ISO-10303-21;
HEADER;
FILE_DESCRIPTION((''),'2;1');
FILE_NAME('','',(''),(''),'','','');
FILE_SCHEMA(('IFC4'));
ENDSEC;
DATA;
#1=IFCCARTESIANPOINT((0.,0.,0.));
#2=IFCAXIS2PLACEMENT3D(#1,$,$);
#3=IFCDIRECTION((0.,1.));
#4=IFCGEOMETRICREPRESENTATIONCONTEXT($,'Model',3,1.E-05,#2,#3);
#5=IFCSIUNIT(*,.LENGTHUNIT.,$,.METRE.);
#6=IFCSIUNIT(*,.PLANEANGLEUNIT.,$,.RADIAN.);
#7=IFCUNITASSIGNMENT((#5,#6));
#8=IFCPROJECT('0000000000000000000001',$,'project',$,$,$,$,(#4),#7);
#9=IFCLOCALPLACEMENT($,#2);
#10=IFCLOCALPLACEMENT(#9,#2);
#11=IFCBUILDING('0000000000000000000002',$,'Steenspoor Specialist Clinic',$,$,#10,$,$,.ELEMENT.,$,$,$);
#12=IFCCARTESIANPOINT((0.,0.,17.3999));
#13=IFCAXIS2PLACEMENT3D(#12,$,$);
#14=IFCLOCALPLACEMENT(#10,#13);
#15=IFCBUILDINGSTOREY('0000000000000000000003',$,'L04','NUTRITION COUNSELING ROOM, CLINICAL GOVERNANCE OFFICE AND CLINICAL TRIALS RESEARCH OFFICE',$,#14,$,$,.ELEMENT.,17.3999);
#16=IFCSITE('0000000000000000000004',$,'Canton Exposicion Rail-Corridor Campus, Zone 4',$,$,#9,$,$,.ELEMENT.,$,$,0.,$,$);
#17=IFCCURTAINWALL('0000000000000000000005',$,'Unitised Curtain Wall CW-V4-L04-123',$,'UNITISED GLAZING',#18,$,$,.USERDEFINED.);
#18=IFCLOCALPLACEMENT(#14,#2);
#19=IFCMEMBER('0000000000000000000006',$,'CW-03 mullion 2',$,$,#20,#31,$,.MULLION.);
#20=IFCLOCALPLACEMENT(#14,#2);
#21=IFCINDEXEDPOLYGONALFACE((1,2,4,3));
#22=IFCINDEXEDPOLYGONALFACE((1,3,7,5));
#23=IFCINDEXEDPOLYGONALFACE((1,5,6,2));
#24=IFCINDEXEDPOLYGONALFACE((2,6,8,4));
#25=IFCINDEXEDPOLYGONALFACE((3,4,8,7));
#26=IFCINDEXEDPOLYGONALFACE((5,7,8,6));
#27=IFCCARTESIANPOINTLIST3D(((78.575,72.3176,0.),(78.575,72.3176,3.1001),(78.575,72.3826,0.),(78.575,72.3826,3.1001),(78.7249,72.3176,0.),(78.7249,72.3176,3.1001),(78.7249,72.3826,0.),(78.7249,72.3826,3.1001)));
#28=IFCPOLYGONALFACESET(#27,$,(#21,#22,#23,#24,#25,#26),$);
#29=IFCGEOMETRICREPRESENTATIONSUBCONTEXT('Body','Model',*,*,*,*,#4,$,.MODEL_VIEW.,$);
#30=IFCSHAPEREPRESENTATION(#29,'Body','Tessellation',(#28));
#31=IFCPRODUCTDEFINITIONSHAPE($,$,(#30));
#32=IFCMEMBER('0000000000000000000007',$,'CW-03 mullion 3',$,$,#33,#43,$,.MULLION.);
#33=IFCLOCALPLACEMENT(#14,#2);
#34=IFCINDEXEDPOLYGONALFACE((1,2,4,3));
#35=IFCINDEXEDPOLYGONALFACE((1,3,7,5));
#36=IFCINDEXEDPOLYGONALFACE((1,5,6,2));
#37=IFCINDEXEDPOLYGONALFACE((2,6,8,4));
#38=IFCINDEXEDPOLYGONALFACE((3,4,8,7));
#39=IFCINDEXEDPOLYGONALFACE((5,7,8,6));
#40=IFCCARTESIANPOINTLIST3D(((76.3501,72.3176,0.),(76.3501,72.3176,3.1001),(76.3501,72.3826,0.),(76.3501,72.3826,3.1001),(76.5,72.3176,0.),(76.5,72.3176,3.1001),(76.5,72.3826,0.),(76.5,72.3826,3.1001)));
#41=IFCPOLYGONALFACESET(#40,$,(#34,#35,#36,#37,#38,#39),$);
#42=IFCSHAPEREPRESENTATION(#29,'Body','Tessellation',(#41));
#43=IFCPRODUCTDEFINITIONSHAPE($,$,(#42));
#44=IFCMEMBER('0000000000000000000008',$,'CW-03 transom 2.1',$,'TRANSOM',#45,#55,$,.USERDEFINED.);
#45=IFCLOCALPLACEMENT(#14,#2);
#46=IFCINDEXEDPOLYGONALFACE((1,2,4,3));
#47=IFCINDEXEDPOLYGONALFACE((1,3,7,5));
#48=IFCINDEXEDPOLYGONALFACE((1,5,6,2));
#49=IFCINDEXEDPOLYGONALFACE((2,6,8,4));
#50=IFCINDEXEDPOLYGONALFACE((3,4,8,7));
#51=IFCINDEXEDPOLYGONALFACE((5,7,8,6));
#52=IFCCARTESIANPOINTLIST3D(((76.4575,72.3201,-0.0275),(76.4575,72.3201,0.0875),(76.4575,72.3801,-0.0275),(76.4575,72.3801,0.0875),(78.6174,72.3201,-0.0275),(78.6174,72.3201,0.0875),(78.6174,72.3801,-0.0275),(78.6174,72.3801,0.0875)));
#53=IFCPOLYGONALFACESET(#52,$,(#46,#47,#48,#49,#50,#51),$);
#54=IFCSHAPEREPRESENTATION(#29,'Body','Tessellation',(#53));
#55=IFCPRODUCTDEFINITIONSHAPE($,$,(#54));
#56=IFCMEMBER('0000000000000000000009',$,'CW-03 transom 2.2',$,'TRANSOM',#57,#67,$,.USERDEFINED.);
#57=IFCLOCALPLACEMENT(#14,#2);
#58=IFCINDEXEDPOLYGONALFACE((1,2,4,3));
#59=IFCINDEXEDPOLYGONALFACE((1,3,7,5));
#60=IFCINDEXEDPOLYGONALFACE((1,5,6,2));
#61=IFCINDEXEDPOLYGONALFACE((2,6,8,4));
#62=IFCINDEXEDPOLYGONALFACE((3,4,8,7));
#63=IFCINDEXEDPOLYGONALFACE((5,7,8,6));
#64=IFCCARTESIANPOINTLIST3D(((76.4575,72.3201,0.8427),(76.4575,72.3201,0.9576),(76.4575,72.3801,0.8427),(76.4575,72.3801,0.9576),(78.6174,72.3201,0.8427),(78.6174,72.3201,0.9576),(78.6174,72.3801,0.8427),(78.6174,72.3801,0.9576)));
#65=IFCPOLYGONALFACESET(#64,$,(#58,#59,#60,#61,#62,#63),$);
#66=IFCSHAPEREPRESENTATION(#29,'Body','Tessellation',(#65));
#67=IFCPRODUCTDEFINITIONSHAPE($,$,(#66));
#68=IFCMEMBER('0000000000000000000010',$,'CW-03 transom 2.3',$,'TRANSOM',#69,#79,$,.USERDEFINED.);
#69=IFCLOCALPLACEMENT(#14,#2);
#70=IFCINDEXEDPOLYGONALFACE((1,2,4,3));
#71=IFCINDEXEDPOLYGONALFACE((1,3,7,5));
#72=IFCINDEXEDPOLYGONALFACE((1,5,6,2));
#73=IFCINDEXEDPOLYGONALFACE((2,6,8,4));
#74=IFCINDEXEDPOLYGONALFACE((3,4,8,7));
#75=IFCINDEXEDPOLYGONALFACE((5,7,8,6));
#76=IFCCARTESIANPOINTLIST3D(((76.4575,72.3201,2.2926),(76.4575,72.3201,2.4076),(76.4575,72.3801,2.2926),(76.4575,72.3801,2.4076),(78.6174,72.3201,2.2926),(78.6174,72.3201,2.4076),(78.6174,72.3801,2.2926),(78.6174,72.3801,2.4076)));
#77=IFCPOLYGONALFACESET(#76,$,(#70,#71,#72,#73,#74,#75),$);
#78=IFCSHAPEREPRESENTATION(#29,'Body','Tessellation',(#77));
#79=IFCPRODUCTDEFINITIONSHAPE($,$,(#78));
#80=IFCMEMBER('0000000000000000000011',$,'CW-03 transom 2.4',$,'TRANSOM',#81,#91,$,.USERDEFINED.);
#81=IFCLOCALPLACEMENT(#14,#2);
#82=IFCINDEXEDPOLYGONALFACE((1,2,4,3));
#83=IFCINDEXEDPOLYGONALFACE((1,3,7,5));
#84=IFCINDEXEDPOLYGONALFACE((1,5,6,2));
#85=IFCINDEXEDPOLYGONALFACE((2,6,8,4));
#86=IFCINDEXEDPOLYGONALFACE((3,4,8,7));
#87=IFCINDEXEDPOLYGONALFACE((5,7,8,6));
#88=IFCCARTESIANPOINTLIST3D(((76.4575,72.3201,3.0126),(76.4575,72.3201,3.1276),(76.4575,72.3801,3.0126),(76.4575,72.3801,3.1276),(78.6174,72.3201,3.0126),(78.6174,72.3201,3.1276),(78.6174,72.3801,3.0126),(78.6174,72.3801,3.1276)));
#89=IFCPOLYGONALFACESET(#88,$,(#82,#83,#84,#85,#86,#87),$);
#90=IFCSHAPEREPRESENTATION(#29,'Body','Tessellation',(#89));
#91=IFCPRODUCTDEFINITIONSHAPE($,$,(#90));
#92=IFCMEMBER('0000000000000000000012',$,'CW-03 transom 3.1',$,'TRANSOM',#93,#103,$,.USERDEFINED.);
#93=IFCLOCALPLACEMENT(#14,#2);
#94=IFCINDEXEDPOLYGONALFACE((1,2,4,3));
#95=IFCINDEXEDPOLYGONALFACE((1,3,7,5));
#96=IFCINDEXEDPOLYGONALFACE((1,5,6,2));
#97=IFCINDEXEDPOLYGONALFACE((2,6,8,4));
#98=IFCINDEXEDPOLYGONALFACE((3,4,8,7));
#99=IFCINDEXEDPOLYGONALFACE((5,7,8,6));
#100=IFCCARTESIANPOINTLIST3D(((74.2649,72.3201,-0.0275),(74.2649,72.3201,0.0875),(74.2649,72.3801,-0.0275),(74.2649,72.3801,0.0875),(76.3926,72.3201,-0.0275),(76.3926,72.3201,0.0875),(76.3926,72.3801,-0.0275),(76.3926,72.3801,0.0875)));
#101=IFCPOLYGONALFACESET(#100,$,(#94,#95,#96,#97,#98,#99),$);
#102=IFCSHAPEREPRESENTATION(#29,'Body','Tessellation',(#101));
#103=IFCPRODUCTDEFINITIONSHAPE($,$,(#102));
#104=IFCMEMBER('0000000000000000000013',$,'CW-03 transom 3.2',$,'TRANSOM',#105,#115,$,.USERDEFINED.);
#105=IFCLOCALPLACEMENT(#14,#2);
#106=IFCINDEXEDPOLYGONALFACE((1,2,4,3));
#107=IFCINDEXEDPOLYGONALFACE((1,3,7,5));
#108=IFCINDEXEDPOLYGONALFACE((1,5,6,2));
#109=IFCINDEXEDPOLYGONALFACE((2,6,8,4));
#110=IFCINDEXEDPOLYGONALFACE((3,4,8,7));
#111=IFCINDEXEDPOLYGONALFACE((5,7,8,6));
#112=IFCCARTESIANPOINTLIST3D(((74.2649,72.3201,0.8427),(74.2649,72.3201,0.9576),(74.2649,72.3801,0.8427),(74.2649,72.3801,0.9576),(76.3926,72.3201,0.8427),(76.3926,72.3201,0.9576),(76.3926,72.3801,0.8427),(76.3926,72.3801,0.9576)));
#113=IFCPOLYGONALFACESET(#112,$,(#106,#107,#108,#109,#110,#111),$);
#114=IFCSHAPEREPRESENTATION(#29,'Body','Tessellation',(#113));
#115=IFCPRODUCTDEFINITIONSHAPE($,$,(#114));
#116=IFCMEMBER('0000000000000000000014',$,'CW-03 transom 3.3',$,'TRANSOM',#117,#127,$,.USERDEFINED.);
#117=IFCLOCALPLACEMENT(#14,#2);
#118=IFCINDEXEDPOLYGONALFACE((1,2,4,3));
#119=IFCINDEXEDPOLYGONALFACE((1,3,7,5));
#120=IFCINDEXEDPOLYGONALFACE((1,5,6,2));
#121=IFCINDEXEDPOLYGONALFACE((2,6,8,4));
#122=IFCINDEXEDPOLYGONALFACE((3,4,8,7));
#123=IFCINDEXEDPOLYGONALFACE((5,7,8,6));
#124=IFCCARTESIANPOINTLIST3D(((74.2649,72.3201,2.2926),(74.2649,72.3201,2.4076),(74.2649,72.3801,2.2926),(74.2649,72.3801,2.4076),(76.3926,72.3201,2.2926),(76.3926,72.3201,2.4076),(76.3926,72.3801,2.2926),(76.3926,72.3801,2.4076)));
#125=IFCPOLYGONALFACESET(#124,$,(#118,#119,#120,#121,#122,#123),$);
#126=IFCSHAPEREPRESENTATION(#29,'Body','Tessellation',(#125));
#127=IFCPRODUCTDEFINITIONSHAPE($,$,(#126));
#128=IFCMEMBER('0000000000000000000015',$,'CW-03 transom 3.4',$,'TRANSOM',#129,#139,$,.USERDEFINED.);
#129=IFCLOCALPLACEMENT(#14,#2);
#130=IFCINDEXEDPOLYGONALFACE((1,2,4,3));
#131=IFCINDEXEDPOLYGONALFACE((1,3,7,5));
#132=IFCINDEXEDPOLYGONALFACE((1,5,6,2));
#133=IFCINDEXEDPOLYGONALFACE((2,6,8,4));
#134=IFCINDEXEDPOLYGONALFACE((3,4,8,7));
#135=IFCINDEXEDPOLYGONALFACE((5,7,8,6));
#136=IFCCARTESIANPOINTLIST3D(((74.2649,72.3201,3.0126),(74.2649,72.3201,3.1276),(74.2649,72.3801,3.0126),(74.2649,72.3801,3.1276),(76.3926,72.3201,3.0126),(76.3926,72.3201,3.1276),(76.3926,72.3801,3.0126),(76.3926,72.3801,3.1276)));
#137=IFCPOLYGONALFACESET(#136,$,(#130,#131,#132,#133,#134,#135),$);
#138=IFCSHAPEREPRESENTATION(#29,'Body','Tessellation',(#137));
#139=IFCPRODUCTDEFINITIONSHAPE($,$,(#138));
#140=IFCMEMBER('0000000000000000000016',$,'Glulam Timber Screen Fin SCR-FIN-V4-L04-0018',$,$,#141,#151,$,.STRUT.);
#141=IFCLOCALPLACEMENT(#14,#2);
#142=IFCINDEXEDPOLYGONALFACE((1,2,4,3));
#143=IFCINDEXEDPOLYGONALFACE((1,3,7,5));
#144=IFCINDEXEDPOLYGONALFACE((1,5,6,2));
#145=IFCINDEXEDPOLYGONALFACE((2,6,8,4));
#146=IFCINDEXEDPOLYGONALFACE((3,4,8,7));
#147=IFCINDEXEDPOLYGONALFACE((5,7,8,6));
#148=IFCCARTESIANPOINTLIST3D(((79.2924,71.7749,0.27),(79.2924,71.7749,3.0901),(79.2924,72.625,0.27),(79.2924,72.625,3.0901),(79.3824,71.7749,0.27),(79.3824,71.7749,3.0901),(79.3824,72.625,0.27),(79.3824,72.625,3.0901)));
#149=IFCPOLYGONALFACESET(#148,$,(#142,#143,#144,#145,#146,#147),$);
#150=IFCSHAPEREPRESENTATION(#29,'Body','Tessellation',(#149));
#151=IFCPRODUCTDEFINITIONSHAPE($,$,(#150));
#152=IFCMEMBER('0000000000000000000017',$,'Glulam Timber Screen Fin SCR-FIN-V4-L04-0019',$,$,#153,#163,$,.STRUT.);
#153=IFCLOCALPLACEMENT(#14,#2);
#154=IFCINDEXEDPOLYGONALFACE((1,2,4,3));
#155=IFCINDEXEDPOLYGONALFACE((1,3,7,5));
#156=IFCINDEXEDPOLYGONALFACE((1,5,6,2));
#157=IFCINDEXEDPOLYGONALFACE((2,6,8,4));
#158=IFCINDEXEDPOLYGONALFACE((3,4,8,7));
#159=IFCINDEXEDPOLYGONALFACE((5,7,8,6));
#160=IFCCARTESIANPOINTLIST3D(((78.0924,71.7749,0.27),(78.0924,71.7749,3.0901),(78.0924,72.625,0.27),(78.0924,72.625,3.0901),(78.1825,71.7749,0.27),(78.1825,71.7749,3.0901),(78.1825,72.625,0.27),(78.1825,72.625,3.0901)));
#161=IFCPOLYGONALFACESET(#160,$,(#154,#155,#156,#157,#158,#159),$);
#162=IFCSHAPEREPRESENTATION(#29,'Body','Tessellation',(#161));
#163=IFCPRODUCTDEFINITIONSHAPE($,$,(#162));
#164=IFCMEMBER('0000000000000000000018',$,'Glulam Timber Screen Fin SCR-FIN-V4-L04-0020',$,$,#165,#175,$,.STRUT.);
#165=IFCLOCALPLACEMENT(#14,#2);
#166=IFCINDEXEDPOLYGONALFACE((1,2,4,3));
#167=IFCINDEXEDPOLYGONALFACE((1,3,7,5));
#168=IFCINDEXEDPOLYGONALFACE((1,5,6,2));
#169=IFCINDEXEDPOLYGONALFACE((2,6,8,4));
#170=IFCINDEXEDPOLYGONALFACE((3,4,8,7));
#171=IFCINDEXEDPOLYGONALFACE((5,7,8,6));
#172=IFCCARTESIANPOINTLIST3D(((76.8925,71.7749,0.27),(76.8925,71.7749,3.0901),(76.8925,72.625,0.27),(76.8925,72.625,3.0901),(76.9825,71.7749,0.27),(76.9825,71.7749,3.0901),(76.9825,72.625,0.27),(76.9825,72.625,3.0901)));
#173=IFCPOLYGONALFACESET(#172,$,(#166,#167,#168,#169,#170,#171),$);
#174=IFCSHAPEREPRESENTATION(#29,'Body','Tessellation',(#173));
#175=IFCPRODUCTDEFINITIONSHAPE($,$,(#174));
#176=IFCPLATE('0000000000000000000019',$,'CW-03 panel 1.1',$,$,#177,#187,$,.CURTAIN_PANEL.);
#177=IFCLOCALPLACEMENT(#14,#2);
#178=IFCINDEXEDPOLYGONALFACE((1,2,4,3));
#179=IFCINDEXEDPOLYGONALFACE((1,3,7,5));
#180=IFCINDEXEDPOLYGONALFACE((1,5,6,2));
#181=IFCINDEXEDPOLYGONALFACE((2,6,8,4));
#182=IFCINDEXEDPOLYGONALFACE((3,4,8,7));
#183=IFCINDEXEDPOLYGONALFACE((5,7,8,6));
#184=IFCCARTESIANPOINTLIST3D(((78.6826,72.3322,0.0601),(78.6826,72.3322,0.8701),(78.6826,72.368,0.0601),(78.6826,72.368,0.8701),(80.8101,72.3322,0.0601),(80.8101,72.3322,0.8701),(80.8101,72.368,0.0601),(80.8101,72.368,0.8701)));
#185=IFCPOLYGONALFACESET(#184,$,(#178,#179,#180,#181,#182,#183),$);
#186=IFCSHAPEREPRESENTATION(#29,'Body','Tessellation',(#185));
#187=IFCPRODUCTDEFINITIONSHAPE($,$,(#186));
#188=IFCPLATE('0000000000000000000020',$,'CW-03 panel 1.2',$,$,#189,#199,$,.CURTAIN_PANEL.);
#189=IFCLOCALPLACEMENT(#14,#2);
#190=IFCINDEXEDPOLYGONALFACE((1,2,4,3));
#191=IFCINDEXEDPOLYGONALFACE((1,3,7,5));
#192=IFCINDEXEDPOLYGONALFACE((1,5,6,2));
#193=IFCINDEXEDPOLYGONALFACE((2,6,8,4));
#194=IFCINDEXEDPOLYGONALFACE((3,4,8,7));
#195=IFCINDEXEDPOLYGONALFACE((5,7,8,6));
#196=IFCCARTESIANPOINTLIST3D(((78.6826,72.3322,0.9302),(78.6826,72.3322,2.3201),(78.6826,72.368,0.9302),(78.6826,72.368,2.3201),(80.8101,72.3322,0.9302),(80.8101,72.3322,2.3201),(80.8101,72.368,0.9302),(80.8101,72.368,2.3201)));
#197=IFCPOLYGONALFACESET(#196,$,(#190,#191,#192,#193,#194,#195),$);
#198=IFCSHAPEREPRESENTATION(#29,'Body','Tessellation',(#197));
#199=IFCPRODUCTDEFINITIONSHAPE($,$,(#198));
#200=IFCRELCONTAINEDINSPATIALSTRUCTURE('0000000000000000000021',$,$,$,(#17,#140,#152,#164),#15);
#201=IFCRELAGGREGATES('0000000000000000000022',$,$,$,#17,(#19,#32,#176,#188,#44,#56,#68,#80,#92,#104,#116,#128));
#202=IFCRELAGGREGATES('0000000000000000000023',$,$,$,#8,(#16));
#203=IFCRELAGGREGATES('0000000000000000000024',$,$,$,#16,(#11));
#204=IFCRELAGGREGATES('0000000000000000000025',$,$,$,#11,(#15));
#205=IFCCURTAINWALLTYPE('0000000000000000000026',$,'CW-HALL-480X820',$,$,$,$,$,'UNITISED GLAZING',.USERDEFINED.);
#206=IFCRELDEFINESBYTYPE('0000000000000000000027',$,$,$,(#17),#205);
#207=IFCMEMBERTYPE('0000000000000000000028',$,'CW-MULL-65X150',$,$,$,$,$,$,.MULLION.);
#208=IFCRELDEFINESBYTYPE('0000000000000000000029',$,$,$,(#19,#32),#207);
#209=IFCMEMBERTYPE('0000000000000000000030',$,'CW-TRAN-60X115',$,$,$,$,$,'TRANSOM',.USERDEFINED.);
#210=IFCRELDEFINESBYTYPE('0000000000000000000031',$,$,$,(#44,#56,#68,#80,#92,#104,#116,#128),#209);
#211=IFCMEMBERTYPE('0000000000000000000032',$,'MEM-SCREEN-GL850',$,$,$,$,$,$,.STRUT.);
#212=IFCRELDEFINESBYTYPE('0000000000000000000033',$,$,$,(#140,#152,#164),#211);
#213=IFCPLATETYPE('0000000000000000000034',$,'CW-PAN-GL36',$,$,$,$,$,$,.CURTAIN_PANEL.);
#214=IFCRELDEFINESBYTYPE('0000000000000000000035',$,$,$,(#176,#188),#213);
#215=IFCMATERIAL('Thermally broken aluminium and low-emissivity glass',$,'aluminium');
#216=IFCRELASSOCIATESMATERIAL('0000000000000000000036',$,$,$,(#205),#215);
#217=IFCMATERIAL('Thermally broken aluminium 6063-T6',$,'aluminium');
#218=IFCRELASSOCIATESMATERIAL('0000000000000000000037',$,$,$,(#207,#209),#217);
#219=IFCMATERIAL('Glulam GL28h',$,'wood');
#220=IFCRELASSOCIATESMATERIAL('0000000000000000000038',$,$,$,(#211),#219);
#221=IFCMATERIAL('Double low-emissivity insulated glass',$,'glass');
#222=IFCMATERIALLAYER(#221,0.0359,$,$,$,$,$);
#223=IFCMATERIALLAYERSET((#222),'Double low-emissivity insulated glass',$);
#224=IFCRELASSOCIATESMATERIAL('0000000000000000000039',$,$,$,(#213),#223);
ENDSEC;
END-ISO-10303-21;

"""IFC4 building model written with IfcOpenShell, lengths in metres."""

from ifc_helpers import new_model, si_unit, direction, frame, origin, origin_2d, place, context, subcontext, project, spatial, rectangle, extrude, material, layer, layer_set, material_profile, profile_set, type_object, element, aggregate, save


model = new_model("IFC4")

# Units and contexts
model_context = context("Model", 3, precision=1e-05, world=origin(), true_north=direction((0.0, 1.0)))
body_context = subcontext(model_context, "Body", "Model", "MODEL_VIEW")
ifc_project = project(units=[si_unit("LENGTHUNIT", "METRE"), si_unit("PLANEANGLEUNIT", "RADIAN")], contexts=[model_context])

# Site, building, storey
site_placement = place(None, origin())
site = spatial("IfcSite", under=ifc_project, at=site_placement, Name="Canton Exposicion Rail-Corridor Campus, Zone 4", CompositionType="ELEMENT", RefElevation=0.0)
building_placement = place(site_placement, origin())
building = spatial("IfcBuilding", under=site, at=building_placement, Name="Steenspoor Specialist Clinic", CompositionType="ELEMENT")
storey_placement = place(building_placement, frame((0.0, 0.0, 17.3999)))
storey = spatial("IfcBuildingStorey", under=building, at=storey_placement, Name="L04", Description="NUTRITION COUNSELING ROOM, CLINICAL GOVERNANCE OFFICE AND CLINICAL TRIALS RESEARCH OFFICE", CompositionType="ELEMENT", Elevation=17.3999)

# Curtain wall, members
ifc_material_1 = material(Name="Thermally broken aluminium and low-emissivity glass", Category="aluminium")
curtain_wall_type = type_object("IfcCurtainWallType", Name="CW-HALL-480X820", ElementType="UNITISED GLAZING", PredefinedType="USERDEFINED", material=ifc_material_1)
curtain_wall_placement = place(storey_placement, origin())
curtain_wall = element("IfcCurtainWall", 1, at=curtain_wall_placement, inside=storey, type_object=curtain_wall_type, Name="Unitised Curtain Wall CW-V4-L04-123", ObjectType="UNITISED GLAZING", PredefinedType="USERDEFINED")
ifc_material_2 = material(Name="Thermally broken aluminium 6063-T6", Category="aluminium")
ifc_material_profile_1 = material_profile(ifc_material_2, rectangle(XDim=0.0649, YDim=0.1499, at=origin_2d()), Name="CWM-65X150")
ifc_profile_set_1 = profile_set([ifc_material_profile_1], Name="Thermally broken aluminium 6063-T6")
member_type_1 = type_object("IfcMemberType", Name="CW-MULL-65X150", PredefinedType="MULLION", material=ifc_profile_set_1)
member_1_placement = place(storey_placement, frame((78.6499, 72.3501, 0.0), z_axis=(0.0, 0.0, 1.0), x_axis=(0.0, -1.0, 0.0)))
member_1 = element("IfcMember", 2, at=member_1_placement, type_object=member_type_1, Name="CW-03 mullion 2", PredefinedType="MULLION", context=body_context, shape_type="SweptSolid", body=[
    extrude(rectangle(XDim=0.0649, YDim=0.1499, at=origin_2d()), origin(), (0.0, 0.0, 1.0), 3.1001),
])
member_2_placement = place(storey_placement, frame((76.425, 72.3501, 0.0), z_axis=(0.0, 0.0, 1.0), x_axis=(0.0, -1.0, 0.0)))
member_2 = element("IfcMember", 3, at=member_2_placement, type_object=member_type_1, Name="CW-03 mullion 3", PredefinedType="MULLION", context=body_context, shape_type="SweptSolid", body=[
    extrude(rectangle(XDim=0.0649, YDim=0.1499, at=origin_2d()), origin(), (0.0, 0.0, 1.0), 3.1001),
])
ifc_material_profile_2 = material_profile(ifc_material_2, rectangle(XDim=0.0601, YDim=0.115, at=origin_2d()), Name="CWT-60X115")
ifc_profile_set_2 = profile_set([ifc_material_profile_2], Name="Thermally broken aluminium 6063-T6")
member_type_2 = type_object("IfcMemberType", Name="CW-TRAN-60X115", ElementType="TRANSOM", PredefinedType="USERDEFINED", material=ifc_profile_set_2)
member_3_placement = place(storey_placement, frame((78.6174, 72.3501, 0.03), z_axis=(-1.0, 0.0, 0.0), x_axis=(0.0, -1.0, 0.0)))
member_3 = element("IfcMember", 4, at=member_3_placement, type_object=member_type_2, Name="CW-03 transom 2.1", ObjectType="TRANSOM", PredefinedType="USERDEFINED", context=body_context, shape_type="SweptSolid", body=[
    extrude(rectangle(XDim=0.0601, YDim=0.115, at=origin_2d()), origin(), (0.0, 0.0, 1.0), 2.1599),
])
member_4_placement = place(storey_placement, frame((78.6174, 72.3501, 0.9001), z_axis=(-1.0, 0.0, 0.0), x_axis=(0.0, -1.0, 0.0)))
member_4 = element("IfcMember", 5, at=member_4_placement, type_object=member_type_2, Name="CW-03 transom 2.2", ObjectType="TRANSOM", PredefinedType="USERDEFINED", context=body_context, shape_type="SweptSolid", body=[
    extrude(rectangle(XDim=0.0601, YDim=0.115, at=origin_2d()), origin(), (0.0, 0.0, 1.0), 2.1599),
])
member_5_placement = place(storey_placement, frame((78.6174, 72.3501, 2.3501), z_axis=(-1.0, 0.0, 0.0), x_axis=(0.0, -1.0, 0.0)))
member_5 = element("IfcMember", 6, at=member_5_placement, type_object=member_type_2, Name="CW-03 transom 2.3", ObjectType="TRANSOM", PredefinedType="USERDEFINED", context=body_context, shape_type="SweptSolid", body=[
    extrude(rectangle(XDim=0.0601, YDim=0.115, at=origin_2d()), origin(), (0.0, 0.0, 1.0), 2.1599),
])
member_6_placement = place(storey_placement, frame((78.6174, 72.3501, 3.0701), z_axis=(-1.0, 0.0, 0.0), x_axis=(0.0, -1.0, 0.0)))
member_6 = element("IfcMember", 7, at=member_6_placement, type_object=member_type_2, Name="CW-03 transom 2.4", ObjectType="TRANSOM", PredefinedType="USERDEFINED", context=body_context, shape_type="SweptSolid", body=[
    extrude(rectangle(XDim=0.0601, YDim=0.115, at=origin_2d()), origin(), (0.0, 0.0, 1.0), 2.1599),
])
member_7_placement = place(storey_placement, frame((76.3926, 72.3501, 0.03), z_axis=(-1.0, 0.0, 0.0), x_axis=(0.0, -1.0, 0.0)))
member_7 = element("IfcMember", 8, at=member_7_placement, type_object=member_type_2, Name="CW-03 transom 3.1", ObjectType="TRANSOM", PredefinedType="USERDEFINED", context=body_context, shape_type="SweptSolid", body=[
    extrude(rectangle(XDim=0.0601, YDim=0.115, at=origin_2d()), origin(), (0.0, 0.0, 1.0), 2.1277),
])
member_8_placement = place(storey_placement, frame((76.3926, 72.3501, 0.9001), z_axis=(-1.0, 0.0, 0.0), x_axis=(0.0, -1.0, 0.0)))
member_8 = element("IfcMember", 9, at=member_8_placement, type_object=member_type_2, Name="CW-03 transom 3.2", ObjectType="TRANSOM", PredefinedType="USERDEFINED", context=body_context, shape_type="SweptSolid", body=[
    extrude(rectangle(XDim=0.0601, YDim=0.115, at=origin_2d()), origin(), (0.0, 0.0, 1.0), 2.1277),
])
member_9_placement = place(storey_placement, frame((76.3926, 72.3501, 2.3501), z_axis=(-1.0, 0.0, 0.0), x_axis=(0.0, -1.0, 0.0)))
member_9 = element("IfcMember", 10, at=member_9_placement, type_object=member_type_2, Name="CW-03 transom 3.3", ObjectType="TRANSOM", PredefinedType="USERDEFINED", context=body_context, shape_type="SweptSolid", body=[
    extrude(rectangle(XDim=0.0601, YDim=0.115, at=origin_2d()), origin(), (0.0, 0.0, 1.0), 2.1277),
])
member_10_placement = place(storey_placement, frame((76.3926, 72.3501, 3.0701), z_axis=(-1.0, 0.0, 0.0), x_axis=(0.0, -1.0, 0.0)))
member_10 = element("IfcMember", 11, at=member_10_placement, type_object=member_type_2, Name="CW-03 transom 3.4", ObjectType="TRANSOM", PredefinedType="USERDEFINED", context=body_context, shape_type="SweptSolid", body=[
    extrude(rectangle(XDim=0.0601, YDim=0.115, at=origin_2d()), origin(), (0.0, 0.0, 1.0), 2.1277),
])

# Members
ifc_material_3 = material(Name="Glulam GL28h", Category="wood")
ifc_material_profile_3 = material_profile(ifc_material_3, rectangle(XDim=0.0901, YDim=0.8501, at=origin_2d()), Name="GL28H-90X850")
ifc_profile_set_3 = profile_set([ifc_material_profile_3], Name="Glulam GL28h")
member_type_3 = type_object("IfcMemberType", Name="MEM-SCREEN-GL850", PredefinedType="STRUT", material=ifc_profile_set_3)
for number, where, z_axis, x_axis, name in (
    (12, (79.3374, 72.2, 0.27), (0.0, 0.0, 1.0), (-1.0, 0.0, 0.0), "Glulam Timber Screen Fin SCR-FIN-V4-L04-0018"),
    (13, (78.1375, 72.2, 0.27), (0.0, 0.0, 1.0), (-1.0, 0.0, 0.0), "Glulam Timber Screen Fin SCR-FIN-V4-L04-0019"),
    (14, (76.9375, 72.2, 0.27), (0.0, 0.0, 1.0), (-1.0, 0.0, 0.0), "Glulam Timber Screen Fin SCR-FIN-V4-L04-0020"),
):
    element("IfcMember", number, at=place(storey_placement, frame(where, z_axis=z_axis, x_axis=x_axis)), inside=storey, type_object=member_type_3, Name=name, PredefinedType="STRUT", context=body_context, shape_type="SweptSolid", body=[
        extrude(rectangle(XDim=0.0901, YDim=0.8501, at=origin_2d()), origin(), (0.0, 0.0, 1.0), 2.8201),
    ])

# Plates
ifc_material_4 = material(Name="Double low-emissivity insulated glass", Category="glass")
ifc_layer_1 = layer(ifc_material_4, 0.0359)
ifc_layer_set_1 = layer_set([ifc_layer_1], Name="Double low-emissivity insulated glass")
plate_type = type_object("IfcPlateType", Name="CW-PAN-GL36", PredefinedType="CURTAIN_PANEL", material=ifc_layer_set_1)
plate_1_placement = place(storey_placement, frame((79.7463, 72.3501, 0.0601), z_axis=(0.0, 0.0, 1.0), x_axis=(-1.0, 0.0, 0.0)))
plate_1 = element("IfcPlate", 15, at=plate_1_placement, type_object=plate_type, Name="CW-03 panel 1.1", PredefinedType="CURTAIN_PANEL", context=body_context, shape_type="SweptSolid", body=[
    extrude(rectangle(XDim=2.1274, YDim=0.0359, at=origin_2d()), origin(), (0.0, 0.0, 1.0), 0.8101),
])
plate_2_placement = place(storey_placement, frame((79.7463, 72.3501, 0.9302), z_axis=(0.0, 0.0, 1.0), x_axis=(-1.0, 0.0, 0.0)))
plate_2 = element("IfcPlate", 16, at=plate_2_placement, type_object=plate_type, Name="CW-03 panel 1.2", PredefinedType="CURTAIN_PANEL", context=body_context, shape_type="SweptSolid", body=[
    extrude(rectangle(XDim=2.1274, YDim=0.0359, at=origin_2d()), origin(), (0.0, 0.0, 1.0), 1.3899),
])
aggregate(curtain_wall, [member_1, member_2, plate_1, plate_2, member_3, member_4, member_5, member_6, member_7, member_8, member_9, member_10])

save(model, "model.ifc")
